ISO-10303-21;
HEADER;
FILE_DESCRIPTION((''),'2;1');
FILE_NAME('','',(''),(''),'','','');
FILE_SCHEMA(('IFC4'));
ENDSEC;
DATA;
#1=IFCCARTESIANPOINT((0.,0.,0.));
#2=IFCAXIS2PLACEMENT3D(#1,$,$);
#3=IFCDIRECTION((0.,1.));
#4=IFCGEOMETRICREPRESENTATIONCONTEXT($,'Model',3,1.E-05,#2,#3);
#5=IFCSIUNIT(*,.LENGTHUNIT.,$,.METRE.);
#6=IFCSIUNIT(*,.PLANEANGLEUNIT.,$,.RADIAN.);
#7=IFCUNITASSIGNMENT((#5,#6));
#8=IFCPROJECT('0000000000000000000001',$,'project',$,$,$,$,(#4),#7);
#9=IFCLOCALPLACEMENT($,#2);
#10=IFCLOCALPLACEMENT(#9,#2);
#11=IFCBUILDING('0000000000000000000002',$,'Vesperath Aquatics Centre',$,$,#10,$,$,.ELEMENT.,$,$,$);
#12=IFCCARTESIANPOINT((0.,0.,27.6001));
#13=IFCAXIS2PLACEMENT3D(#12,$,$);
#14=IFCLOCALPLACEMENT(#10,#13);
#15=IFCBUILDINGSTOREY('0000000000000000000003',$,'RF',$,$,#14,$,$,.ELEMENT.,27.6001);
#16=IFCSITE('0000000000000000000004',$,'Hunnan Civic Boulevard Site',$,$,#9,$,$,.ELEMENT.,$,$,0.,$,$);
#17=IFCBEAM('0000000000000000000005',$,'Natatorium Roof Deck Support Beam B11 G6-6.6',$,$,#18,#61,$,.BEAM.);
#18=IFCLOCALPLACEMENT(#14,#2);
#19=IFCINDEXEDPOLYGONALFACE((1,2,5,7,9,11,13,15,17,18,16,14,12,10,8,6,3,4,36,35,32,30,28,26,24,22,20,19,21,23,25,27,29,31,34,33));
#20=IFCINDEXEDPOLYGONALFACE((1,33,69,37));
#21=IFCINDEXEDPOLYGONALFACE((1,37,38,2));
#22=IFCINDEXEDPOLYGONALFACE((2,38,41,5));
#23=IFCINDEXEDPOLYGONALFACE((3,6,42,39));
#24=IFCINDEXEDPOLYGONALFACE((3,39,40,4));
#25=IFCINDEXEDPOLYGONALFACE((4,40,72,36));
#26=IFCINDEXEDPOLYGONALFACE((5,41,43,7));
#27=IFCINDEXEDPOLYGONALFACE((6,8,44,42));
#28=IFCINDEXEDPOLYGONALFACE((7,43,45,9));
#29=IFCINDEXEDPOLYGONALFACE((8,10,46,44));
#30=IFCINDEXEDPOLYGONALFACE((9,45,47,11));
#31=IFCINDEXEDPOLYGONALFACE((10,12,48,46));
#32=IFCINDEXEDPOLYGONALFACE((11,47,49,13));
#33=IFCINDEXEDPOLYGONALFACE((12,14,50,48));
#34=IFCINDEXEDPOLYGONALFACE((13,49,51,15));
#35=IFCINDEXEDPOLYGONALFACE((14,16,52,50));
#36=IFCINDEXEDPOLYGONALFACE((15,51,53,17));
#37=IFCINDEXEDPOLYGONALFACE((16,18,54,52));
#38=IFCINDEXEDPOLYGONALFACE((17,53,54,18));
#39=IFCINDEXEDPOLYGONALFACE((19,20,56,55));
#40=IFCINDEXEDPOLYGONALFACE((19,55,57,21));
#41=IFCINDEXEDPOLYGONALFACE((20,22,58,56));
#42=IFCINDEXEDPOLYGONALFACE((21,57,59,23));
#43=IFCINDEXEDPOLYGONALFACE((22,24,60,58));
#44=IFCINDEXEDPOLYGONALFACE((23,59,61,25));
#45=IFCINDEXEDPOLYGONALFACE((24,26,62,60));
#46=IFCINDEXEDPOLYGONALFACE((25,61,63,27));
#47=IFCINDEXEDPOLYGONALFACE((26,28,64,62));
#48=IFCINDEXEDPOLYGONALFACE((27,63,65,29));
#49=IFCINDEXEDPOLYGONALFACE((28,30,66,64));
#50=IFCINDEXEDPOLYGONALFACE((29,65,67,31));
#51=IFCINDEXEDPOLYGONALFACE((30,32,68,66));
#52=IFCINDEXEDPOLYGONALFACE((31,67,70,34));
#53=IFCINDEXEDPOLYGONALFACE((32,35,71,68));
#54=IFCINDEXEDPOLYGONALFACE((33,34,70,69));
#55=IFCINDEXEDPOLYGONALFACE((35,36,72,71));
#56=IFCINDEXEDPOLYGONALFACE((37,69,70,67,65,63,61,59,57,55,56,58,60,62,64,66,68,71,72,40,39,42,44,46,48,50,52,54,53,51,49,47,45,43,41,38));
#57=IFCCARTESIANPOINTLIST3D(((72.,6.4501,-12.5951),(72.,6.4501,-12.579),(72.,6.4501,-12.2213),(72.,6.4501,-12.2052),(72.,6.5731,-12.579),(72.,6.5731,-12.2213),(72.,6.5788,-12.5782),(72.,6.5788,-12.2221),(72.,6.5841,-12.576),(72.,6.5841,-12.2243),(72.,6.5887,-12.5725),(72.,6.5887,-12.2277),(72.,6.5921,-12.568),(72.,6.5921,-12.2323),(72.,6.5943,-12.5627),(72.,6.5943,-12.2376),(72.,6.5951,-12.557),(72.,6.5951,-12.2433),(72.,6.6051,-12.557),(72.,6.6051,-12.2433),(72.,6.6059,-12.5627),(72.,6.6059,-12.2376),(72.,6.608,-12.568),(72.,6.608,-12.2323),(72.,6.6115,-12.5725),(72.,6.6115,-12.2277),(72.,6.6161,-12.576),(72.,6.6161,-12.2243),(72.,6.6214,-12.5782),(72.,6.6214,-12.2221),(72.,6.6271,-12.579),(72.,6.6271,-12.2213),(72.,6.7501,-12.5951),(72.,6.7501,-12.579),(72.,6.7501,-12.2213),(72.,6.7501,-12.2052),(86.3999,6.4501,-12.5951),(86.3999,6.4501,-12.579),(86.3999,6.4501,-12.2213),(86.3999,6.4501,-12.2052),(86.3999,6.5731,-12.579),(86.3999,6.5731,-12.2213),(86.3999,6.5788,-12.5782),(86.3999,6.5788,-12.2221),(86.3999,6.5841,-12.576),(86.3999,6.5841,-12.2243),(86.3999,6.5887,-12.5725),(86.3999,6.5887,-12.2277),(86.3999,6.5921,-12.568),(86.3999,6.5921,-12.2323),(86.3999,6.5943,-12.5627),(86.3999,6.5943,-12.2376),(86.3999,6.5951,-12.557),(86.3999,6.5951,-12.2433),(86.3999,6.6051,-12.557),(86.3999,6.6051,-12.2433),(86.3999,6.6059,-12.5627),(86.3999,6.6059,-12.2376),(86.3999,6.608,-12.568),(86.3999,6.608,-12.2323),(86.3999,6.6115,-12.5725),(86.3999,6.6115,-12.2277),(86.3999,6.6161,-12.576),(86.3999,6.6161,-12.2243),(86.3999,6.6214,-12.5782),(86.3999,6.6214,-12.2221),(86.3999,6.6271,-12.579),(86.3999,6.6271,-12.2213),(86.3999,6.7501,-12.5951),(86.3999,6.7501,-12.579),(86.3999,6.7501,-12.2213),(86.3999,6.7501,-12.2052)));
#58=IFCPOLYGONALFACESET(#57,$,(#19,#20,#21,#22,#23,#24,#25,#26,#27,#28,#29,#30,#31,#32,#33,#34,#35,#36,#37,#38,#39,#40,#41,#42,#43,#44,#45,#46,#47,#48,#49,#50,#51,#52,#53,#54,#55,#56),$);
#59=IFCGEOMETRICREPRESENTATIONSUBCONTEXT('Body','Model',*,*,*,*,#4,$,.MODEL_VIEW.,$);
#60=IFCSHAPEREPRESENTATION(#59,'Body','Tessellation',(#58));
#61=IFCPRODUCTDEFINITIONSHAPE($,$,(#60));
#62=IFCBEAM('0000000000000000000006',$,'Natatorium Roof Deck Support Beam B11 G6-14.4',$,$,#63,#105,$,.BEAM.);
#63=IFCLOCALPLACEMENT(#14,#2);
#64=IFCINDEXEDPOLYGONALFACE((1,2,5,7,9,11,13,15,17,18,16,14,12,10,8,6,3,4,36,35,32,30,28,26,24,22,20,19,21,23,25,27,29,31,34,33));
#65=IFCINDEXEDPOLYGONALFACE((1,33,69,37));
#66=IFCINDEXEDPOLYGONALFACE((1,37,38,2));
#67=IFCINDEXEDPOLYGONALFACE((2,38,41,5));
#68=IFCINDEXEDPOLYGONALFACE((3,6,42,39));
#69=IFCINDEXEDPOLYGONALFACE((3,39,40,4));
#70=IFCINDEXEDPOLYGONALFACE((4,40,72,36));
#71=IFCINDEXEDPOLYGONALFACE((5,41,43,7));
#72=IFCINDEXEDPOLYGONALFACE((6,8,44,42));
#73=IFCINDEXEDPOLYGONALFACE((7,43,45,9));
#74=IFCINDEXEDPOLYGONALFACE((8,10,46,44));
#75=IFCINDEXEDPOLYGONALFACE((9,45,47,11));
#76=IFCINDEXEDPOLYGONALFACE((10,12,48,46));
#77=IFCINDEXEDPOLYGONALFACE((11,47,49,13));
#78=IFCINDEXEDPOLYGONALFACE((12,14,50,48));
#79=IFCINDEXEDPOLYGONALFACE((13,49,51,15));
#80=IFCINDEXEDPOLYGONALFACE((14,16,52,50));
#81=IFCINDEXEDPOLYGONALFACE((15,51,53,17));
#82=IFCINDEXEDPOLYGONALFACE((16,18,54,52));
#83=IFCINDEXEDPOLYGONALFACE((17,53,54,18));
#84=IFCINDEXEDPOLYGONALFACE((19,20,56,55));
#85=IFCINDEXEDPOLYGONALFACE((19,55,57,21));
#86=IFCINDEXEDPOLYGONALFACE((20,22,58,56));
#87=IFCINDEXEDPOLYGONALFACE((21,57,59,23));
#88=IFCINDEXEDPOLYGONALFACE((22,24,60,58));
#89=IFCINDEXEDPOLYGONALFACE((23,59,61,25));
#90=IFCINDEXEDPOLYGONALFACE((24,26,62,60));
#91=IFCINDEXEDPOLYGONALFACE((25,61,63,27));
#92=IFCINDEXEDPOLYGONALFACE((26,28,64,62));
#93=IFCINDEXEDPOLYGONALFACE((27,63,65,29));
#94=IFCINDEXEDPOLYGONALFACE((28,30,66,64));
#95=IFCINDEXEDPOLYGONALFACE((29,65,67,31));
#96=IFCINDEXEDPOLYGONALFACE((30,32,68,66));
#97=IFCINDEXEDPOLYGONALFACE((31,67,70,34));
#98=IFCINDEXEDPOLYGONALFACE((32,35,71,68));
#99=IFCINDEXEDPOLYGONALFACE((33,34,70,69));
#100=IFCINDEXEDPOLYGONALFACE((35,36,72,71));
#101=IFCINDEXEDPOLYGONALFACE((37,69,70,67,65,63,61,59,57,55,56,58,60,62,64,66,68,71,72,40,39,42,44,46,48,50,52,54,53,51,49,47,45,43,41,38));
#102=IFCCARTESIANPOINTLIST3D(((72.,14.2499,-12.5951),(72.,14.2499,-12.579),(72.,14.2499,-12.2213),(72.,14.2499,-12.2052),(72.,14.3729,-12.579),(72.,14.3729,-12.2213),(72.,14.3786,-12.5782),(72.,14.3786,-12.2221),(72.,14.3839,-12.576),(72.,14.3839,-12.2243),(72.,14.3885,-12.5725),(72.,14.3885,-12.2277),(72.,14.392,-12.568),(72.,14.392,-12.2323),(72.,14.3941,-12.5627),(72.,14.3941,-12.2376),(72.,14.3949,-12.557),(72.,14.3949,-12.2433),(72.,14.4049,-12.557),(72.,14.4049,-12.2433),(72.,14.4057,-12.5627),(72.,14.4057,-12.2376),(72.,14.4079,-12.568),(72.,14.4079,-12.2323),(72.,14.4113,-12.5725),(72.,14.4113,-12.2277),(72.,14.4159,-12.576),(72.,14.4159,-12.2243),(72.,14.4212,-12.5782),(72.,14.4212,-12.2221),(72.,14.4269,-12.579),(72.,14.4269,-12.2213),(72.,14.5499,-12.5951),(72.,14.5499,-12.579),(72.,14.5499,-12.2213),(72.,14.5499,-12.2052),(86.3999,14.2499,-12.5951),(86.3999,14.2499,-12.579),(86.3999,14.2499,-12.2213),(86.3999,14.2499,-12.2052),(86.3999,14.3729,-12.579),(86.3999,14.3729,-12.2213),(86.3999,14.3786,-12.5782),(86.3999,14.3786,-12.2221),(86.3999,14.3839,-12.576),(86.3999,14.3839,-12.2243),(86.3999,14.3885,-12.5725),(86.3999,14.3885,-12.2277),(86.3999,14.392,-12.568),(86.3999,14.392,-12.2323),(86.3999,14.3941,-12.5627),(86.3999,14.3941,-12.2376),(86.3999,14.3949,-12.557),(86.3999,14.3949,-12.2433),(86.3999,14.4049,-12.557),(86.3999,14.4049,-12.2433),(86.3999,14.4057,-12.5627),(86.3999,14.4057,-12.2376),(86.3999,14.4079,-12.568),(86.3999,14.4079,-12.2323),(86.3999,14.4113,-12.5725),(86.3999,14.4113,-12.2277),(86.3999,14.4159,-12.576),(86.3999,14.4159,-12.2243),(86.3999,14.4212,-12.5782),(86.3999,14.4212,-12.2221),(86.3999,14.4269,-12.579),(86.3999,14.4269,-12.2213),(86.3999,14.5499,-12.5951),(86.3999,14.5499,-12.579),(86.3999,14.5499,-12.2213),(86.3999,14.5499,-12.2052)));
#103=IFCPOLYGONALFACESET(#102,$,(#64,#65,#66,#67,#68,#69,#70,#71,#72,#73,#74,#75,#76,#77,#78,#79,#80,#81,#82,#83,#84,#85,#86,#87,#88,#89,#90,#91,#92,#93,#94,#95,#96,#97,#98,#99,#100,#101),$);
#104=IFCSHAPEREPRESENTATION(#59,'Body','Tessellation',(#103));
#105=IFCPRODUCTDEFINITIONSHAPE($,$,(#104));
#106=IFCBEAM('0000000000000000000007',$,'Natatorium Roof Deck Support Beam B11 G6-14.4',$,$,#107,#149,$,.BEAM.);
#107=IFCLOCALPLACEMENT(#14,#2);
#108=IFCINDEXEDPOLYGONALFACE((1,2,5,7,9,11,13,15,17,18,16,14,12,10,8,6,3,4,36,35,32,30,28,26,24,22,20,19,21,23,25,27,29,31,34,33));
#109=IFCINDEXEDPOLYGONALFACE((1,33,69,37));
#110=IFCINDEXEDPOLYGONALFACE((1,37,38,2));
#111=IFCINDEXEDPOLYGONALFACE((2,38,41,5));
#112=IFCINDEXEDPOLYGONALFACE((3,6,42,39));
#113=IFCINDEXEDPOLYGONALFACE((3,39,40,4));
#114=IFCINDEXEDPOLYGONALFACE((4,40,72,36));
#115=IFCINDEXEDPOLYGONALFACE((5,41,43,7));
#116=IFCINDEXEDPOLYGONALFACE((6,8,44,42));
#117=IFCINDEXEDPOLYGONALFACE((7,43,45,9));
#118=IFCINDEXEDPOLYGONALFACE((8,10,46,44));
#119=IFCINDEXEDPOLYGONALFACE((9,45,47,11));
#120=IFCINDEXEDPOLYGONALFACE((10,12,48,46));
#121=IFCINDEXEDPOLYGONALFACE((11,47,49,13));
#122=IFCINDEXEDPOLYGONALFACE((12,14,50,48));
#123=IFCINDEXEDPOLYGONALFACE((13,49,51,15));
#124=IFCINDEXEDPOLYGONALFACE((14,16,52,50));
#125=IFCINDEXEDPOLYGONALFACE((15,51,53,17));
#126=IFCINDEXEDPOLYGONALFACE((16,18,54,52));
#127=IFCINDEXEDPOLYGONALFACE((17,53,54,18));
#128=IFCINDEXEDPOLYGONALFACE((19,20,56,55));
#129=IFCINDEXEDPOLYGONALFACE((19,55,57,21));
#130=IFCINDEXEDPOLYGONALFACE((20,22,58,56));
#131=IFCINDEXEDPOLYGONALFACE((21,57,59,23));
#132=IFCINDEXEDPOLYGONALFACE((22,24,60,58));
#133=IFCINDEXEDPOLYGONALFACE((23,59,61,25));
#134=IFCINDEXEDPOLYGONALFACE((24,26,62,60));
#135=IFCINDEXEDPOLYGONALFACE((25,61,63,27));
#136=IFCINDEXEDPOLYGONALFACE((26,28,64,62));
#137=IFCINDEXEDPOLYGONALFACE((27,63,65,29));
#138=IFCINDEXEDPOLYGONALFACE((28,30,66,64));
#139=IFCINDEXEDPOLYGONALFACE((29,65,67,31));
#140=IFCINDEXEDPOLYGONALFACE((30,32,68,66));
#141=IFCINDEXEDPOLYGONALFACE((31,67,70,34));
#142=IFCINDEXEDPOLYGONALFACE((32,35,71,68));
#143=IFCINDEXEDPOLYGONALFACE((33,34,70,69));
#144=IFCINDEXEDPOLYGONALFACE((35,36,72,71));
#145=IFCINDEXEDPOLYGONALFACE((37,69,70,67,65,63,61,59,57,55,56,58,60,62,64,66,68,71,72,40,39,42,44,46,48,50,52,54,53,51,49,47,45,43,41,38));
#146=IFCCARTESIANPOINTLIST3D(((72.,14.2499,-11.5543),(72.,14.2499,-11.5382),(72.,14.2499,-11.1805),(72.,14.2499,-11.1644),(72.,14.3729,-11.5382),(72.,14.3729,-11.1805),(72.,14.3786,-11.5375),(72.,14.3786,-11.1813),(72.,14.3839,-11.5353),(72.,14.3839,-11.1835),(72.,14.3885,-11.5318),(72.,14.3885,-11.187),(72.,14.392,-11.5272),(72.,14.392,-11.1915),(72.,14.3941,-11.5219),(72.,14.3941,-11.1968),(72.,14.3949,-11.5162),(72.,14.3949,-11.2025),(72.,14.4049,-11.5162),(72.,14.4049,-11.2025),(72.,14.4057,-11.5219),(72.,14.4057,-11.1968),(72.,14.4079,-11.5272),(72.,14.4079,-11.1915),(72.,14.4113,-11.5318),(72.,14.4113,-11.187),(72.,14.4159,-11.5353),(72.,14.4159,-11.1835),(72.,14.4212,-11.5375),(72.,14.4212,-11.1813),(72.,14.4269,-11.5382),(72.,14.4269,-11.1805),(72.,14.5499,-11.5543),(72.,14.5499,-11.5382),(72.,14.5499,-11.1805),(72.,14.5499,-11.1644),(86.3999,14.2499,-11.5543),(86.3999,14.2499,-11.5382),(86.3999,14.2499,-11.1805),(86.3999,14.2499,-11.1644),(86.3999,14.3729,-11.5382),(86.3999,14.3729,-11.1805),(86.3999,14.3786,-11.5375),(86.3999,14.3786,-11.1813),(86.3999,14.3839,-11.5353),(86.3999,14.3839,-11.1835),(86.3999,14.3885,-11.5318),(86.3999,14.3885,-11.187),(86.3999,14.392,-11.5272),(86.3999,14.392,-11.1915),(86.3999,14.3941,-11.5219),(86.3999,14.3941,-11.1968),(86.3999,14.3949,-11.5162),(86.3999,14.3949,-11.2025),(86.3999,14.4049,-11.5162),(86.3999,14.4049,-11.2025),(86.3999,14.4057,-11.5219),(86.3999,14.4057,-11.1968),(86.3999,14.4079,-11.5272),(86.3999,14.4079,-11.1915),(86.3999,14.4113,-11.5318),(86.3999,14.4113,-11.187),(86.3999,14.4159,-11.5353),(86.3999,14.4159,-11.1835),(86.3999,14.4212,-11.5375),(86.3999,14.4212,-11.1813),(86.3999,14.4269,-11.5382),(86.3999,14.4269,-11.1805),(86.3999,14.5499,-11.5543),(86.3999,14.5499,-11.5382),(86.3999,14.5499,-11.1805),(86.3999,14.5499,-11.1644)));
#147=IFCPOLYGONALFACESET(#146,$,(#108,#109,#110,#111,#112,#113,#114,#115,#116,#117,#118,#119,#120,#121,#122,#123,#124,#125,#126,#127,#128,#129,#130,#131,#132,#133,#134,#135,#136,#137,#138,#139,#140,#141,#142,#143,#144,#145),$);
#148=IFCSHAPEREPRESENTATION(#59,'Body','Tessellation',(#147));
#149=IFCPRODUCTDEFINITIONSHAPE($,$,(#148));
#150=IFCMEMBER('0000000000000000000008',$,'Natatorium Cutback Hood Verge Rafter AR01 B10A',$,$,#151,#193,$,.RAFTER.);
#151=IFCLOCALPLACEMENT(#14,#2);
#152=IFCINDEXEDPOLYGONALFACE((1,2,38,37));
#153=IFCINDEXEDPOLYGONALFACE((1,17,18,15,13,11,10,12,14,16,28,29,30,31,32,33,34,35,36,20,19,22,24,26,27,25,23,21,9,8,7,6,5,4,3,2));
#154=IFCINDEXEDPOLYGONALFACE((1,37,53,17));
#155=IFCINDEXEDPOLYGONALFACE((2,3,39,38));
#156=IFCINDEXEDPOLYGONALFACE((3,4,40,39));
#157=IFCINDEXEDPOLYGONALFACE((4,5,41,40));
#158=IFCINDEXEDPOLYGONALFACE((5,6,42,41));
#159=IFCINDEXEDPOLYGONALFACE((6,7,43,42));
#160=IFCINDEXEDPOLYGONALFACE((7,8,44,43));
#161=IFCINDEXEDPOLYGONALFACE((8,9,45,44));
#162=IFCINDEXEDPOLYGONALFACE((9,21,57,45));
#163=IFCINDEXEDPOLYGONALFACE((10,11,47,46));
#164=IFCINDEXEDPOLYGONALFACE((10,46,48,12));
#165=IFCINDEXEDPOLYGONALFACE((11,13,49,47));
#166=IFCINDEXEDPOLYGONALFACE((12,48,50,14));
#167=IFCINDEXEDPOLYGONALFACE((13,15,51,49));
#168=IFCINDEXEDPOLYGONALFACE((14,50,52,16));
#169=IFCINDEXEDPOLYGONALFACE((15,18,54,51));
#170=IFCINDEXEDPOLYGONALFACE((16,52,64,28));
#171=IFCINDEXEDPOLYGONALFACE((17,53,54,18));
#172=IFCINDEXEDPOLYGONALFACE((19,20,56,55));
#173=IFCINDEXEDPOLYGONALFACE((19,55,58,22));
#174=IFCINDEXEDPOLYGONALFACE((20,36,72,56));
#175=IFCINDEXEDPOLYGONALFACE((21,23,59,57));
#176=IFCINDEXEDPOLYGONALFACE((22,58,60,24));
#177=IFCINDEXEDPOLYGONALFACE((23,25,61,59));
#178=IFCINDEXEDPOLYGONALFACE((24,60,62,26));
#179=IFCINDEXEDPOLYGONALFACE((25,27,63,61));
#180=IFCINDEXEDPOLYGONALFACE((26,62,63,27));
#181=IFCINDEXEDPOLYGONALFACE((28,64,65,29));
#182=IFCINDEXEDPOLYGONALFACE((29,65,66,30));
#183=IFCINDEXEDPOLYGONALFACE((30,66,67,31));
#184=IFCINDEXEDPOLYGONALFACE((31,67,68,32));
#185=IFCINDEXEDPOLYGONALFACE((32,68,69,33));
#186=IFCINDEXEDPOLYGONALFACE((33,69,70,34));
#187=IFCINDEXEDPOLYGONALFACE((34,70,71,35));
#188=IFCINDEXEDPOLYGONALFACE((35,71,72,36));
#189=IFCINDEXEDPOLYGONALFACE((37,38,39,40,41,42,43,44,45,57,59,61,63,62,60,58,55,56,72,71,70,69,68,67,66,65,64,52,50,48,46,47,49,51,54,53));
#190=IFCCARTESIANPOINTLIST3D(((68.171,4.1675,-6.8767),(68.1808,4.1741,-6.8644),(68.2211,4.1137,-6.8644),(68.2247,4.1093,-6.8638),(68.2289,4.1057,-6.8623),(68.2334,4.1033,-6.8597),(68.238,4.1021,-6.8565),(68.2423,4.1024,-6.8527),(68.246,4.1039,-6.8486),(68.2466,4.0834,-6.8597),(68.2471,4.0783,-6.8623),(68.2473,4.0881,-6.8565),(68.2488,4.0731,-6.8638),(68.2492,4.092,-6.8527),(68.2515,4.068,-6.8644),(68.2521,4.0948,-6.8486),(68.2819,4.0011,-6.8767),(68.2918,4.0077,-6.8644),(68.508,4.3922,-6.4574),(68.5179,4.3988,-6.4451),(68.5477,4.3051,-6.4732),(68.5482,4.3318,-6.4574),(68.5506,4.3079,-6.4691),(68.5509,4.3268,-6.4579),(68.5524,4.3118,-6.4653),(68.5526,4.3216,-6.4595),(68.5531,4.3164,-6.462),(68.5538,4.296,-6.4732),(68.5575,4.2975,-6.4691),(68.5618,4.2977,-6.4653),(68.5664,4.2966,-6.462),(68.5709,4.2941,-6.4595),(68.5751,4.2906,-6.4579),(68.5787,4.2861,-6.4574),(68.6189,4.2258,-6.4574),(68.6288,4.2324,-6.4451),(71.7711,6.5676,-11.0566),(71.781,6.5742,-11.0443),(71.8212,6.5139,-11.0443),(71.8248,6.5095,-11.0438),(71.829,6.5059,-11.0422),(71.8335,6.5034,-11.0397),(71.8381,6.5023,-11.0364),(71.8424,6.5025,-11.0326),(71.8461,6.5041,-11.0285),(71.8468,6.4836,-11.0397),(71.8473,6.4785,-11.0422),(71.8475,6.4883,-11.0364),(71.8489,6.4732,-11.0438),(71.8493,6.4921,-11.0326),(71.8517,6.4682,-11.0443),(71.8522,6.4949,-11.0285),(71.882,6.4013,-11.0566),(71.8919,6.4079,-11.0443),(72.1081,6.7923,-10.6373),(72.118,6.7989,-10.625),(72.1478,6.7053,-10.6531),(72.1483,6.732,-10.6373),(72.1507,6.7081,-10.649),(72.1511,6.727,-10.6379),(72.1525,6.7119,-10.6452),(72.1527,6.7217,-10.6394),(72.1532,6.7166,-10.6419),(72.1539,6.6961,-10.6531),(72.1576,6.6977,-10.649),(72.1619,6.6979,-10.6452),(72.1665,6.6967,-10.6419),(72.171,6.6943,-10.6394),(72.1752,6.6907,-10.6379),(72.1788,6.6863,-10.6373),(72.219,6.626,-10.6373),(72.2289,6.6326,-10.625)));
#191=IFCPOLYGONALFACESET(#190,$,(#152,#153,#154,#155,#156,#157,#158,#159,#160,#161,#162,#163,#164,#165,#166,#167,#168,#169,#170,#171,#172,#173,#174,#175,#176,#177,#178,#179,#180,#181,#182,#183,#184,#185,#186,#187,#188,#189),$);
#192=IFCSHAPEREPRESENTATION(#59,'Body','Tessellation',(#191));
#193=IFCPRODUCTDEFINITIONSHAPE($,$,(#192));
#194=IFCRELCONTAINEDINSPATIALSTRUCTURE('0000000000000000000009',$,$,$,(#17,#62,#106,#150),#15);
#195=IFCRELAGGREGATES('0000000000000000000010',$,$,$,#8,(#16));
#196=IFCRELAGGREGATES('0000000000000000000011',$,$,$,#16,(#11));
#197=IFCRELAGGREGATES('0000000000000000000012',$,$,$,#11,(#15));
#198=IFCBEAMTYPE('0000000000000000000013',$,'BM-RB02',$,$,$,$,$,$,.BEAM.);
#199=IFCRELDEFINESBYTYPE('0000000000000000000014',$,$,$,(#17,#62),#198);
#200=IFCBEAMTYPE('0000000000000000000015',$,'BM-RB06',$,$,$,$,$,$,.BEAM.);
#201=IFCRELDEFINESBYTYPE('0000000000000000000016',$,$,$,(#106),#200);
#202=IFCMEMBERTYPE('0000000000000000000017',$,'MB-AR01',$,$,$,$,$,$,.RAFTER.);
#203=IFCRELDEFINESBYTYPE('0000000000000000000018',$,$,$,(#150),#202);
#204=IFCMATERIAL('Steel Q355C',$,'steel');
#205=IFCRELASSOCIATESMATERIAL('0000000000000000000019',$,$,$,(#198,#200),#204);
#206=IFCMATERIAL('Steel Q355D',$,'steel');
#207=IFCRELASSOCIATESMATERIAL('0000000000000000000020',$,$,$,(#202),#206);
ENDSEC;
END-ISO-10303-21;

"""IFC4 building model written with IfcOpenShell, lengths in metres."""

from ifc_helpers import new_model, si_unit, direction, frame, origin, origin_2d, place, context, subcontext, project, spatial, i_section, extrude, material, material_profile, profile_set, type_object, element, save


model = new_model("IFC4")

# Units and contexts
model_context = context("Model", 3, precision=1e-05, world=origin(), true_north=direction((0.0, 1.0)))
body_context = subcontext(model_context, "Body", "Model", "MODEL_VIEW")
ifc_project = project(units=[si_unit("LENGTHUNIT", "METRE"), si_unit("PLANEANGLEUNIT", "RADIAN")], contexts=[model_context])

# Site, building, storey
site_placement = place(None, origin())
site = spatial("IfcSite", under=ifc_project, at=site_placement, Name="Hunnan Civic Boulevard Site", CompositionType="ELEMENT", RefElevation=0.0)
building_placement = place(site_placement, origin())
building = spatial("IfcBuilding", under=site, at=building_placement, Name="Vesperath Aquatics Centre", CompositionType="ELEMENT")
storey_placement = place(building_placement, frame((0.0, 0.0, 27.6001)))
storey = spatial("IfcBuildingStorey", under=building, at=storey_placement, Name="RF", CompositionType="ELEMENT", Elevation=27.6001)

# Beams
ifc_material_1 = material(Name="Steel Q355C", Category="steel")
ifc_material_profile_1 = material_profile(ifc_material_1, i_section(OverallWidth=0.3, OverallDepth=0.3899, WebThickness=0.01, FlangeThickness=0.0161, FilletRadius=0.022, at=origin_2d()), Name="HM 390x300x10x16")
ifc_profile_set_1 = profile_set([ifc_material_profile_1], Name="Steel Q355C")
beam_type_1 = type_object("IfcBeamType", Name="BM-RB02", PredefinedType="BEAM", material=ifc_profile_set_1)
for number, where, z_axis, x_axis, name in (
    (1, (72.0, 6.6001, -12.4001), (1.0, 0.0, 0.0), (0.0, 1.0, 0.0), "Natatorium Roof Deck Support Beam B11 G6-6.6"),
    (2, (72.0, 14.3999, -12.4001), (1.0, 0.0, 0.0), (0.0, 1.0, 0.0), "Natatorium Roof Deck Support Beam B11 G6-14.4"),
):
    element("IfcBeam", number, at=place(storey_placement, frame(where, z_axis=z_axis, x_axis=x_axis)), inside=storey, type_object=beam_type_1, Name=name, PredefinedType="BEAM", context=body_context, shape_type="SweptSolid", body=[
        extrude(i_section(OverallWidth=0.3, OverallDepth=0.3899, WebThickness=0.01, FlangeThickness=0.0161, FilletRadius=0.022, at=origin_2d()), origin(), (0.0, 0.0, 1.0), 14.3999),
    ])
ifc_material_profile_2 = material_profile(ifc_material_1, i_section(OverallWidth=0.3, OverallDepth=0.3899, WebThickness=0.01, FlangeThickness=0.0161, FilletRadius=0.022, at=origin_2d()), Name="HM 390x300x10x16")
ifc_profile_set_2 = profile_set([ifc_material_profile_2], Name="Steel Q355C")
beam_type_2 = type_object("IfcBeamType", Name="BM-RB06", PredefinedType="BEAM", material=ifc_profile_set_2)
beam_placement = place(storey_placement, frame((72.0, 14.3999, -11.3594), z_axis=(1.0, 0.0, 0.0), x_axis=(0.0, 1.0, 0.0)))
element("IfcBeam", 3, at=beam_placement, inside=storey, type_object=beam_type_2, Name="Natatorium Roof Deck Support Beam B11 G6-14.4", PredefinedType="BEAM", context=body_context, shape_type="SweptSolid", body=[
    extrude(i_section(OverallWidth=0.3, OverallDepth=0.3899, WebThickness=0.01, FlangeThickness=0.0161, FilletRadius=0.022, at=origin_2d()), origin(), (0.0, 0.0, 1.0), 14.3999),
])

# Member
ifc_material_2 = material(Name="Steel Q355D", Category="steel")
ifc_material_profile_3 = material_profile(ifc_material_2, i_section(OverallWidth=0.2, OverallDepth=0.6001, WebThickness=0.011, FlangeThickness=0.0171, FilletRadius=0.022, at=origin_2d()), Name="HN 600x200x11x17")
ifc_profile_set_3 = profile_set([ifc_material_profile_3], Name="Steel Q355D")
member_type_1 = type_object("IfcMemberType", Name="MB-AR01", PredefinedType="RAFTER", material=ifc_profile_set_3)
member_1_placement = place(storey_placement, frame((72.0, 6.6001, -10.8408), z_axis=(-0.598412, -0.398955, 0.694793), x_axis=(0.554713, -0.832042, 0.0)))
element("IfcMember", 4, at=member_1_placement, inside=storey, type_object=member_type_1, Name="Natatorium Cutback Hood Verge Rafter AR01 B10A", PredefinedType="RAFTER", context=body_context, shape_type="SweptSolid", body=[
    extrude(i_section(OverallWidth=0.2, OverallDepth=0.6001, WebThickness=0.011, FlangeThickness=0.0171, FilletRadius=0.022, at=origin_2d()), origin(), (0.0, 0.0, 1.0), 6.0161),
])

save(model, "model.ifc")
